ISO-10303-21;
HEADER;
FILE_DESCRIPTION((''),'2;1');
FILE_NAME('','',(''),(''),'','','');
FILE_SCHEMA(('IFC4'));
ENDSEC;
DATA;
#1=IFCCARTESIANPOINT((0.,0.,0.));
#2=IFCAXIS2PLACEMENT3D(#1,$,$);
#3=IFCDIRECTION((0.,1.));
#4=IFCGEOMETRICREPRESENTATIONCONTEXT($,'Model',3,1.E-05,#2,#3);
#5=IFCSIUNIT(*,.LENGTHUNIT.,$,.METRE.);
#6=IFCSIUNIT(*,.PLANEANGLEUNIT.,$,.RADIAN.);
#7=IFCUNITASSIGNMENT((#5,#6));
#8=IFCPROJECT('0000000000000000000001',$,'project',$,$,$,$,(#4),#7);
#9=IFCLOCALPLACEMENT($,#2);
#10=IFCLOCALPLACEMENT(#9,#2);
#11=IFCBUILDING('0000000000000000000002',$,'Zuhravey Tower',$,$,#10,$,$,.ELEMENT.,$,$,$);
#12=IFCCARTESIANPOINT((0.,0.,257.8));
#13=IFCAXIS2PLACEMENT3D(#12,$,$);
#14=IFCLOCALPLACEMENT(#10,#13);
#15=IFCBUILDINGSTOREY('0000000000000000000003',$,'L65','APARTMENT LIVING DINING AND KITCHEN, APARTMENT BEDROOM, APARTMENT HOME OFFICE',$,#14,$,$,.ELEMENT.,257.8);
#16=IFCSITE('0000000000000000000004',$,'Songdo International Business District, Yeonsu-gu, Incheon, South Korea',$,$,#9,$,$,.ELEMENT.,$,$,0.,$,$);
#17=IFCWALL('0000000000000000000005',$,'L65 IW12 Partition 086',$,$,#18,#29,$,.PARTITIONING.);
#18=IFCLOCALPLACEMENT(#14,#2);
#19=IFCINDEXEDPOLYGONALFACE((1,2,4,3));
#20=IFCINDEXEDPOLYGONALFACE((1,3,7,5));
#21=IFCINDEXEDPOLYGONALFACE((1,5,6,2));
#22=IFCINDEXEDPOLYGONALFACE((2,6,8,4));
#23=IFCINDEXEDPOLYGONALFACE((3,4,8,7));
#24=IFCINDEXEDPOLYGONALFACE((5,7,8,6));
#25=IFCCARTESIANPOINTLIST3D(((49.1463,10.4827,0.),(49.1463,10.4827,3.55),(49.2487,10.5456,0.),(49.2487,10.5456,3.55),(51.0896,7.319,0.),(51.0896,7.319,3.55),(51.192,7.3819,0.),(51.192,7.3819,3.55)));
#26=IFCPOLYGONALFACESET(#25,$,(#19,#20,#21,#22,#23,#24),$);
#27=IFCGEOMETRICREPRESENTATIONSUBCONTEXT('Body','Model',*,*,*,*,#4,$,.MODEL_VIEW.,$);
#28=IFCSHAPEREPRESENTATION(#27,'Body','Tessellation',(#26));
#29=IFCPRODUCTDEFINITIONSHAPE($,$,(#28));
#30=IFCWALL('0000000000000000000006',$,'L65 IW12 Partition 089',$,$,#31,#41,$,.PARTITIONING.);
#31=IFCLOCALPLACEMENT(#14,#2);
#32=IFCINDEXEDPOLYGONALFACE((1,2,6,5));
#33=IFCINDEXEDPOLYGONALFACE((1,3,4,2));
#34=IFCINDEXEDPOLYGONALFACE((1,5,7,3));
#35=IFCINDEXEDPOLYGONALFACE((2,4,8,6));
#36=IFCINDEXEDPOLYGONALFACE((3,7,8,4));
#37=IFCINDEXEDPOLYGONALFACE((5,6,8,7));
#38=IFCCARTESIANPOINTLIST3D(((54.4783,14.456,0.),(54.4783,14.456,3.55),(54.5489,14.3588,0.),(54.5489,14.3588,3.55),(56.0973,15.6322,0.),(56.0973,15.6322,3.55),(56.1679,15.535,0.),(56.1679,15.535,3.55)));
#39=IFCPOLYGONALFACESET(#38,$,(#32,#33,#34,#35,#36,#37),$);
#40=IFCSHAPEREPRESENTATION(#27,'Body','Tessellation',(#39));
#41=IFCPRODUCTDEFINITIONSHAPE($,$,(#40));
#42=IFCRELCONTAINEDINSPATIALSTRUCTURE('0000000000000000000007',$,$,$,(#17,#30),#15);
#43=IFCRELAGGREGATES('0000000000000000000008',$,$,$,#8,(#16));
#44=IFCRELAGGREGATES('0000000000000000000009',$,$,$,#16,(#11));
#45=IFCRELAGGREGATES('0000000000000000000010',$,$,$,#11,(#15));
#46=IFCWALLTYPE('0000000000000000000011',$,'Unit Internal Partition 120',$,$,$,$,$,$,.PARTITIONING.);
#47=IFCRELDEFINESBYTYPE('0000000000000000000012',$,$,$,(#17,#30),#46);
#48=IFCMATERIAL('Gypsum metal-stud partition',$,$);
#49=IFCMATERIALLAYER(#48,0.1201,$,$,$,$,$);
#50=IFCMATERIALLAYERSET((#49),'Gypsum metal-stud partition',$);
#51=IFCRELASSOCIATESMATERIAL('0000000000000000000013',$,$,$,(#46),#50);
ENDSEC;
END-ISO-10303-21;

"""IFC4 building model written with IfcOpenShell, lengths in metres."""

from ifc_helpers import new_model, si_unit, direction, frame, frame_2d, origin, place, context, subcontext, project, spatial, rectangle, extrude, material, layer, layer_set, type_object, element, save


model = new_model("IFC4")

# Units and contexts
model_context = context("Model", 3, precision=1e-05, world=origin(), true_north=direction((0.0, 1.0)))
body_context = subcontext(model_context, "Body", "Model", "MODEL_VIEW")
ifc_project = project(units=[si_unit("LENGTHUNIT", "METRE"), si_unit("PLANEANGLEUNIT", "RADIAN")], contexts=[model_context])

# Site, building, storey
site_placement = place(None, origin())
site = spatial("IfcSite", under=ifc_project, at=site_placement, Name="Songdo International Business District, Yeonsu-gu, Incheon, South Korea", CompositionType="ELEMENT", RefElevation=0.0)
building_placement = place(site_placement, origin())
building = spatial("IfcBuilding", under=site, at=building_placement, Name="Zuhravey Tower", CompositionType="ELEMENT")
storey_placement = place(building_placement, frame((0.0, 0.0, 257.8)))
storey = spatial("IfcBuildingStorey", under=building, at=storey_placement, Name="L65", Description="APARTMENT LIVING DINING AND KITCHEN, APARTMENT BEDROOM, APARTMENT HOME OFFICE", CompositionType="ELEMENT", Elevation=257.8)

# Shared definitions
ifc_material_1 = material(Name="Gypsum metal-stud partition")
ifc_layer_1 = layer(ifc_material_1, 0.1201)
ifc_layer_set_1 = layer_set([ifc_layer_1], Name="Gypsum metal-stud partition")
wall_type_1 = type_object("IfcWallType", Name="Unit Internal Partition 120", PredefinedType="PARTITIONING", material=ifc_layer_set_1)

# Walls
wall_1_placement = place(storey_placement, frame((49.1975, 10.5142, 0.0), z_axis=(0.0, 0.0, 1.0), x_axis=(0.523393, -0.852091, 0.0)))
element("IfcWall", 1, at=wall_1_placement, inside=storey, type_object=wall_type_1, Name="L65 IW12 Partition 086", PredefinedType="PARTITIONING", context=body_context, shape_type="SweptSolid", body=[
    extrude(rectangle(XDim=3.7129, YDim=0.1201, at=frame_2d((1.8564, 0.0))), origin(), (0.0, 0.0, 1.0), 3.55),
])
wall_2_placement = place(storey_placement, frame((54.5137, 14.4075, 0.0), z_axis=(0.0, 0.0, 1.0), x_axis=(0.809042, 0.587751, 0.0)))
element("IfcWall", 2, at=wall_2_placement, inside=storey, type_object=wall_type_1, Name="L65 IW12 Partition 089", PredefinedType="PARTITIONING", context=body_context, shape_type="SweptSolid", body=[
    extrude(rectangle(XDim=2.0012, YDim=0.1201, at=frame_2d((1.0005, 0.0))), origin(), (0.0, 0.0, 1.0), 3.55),
])

save(model, "model.ifc")
